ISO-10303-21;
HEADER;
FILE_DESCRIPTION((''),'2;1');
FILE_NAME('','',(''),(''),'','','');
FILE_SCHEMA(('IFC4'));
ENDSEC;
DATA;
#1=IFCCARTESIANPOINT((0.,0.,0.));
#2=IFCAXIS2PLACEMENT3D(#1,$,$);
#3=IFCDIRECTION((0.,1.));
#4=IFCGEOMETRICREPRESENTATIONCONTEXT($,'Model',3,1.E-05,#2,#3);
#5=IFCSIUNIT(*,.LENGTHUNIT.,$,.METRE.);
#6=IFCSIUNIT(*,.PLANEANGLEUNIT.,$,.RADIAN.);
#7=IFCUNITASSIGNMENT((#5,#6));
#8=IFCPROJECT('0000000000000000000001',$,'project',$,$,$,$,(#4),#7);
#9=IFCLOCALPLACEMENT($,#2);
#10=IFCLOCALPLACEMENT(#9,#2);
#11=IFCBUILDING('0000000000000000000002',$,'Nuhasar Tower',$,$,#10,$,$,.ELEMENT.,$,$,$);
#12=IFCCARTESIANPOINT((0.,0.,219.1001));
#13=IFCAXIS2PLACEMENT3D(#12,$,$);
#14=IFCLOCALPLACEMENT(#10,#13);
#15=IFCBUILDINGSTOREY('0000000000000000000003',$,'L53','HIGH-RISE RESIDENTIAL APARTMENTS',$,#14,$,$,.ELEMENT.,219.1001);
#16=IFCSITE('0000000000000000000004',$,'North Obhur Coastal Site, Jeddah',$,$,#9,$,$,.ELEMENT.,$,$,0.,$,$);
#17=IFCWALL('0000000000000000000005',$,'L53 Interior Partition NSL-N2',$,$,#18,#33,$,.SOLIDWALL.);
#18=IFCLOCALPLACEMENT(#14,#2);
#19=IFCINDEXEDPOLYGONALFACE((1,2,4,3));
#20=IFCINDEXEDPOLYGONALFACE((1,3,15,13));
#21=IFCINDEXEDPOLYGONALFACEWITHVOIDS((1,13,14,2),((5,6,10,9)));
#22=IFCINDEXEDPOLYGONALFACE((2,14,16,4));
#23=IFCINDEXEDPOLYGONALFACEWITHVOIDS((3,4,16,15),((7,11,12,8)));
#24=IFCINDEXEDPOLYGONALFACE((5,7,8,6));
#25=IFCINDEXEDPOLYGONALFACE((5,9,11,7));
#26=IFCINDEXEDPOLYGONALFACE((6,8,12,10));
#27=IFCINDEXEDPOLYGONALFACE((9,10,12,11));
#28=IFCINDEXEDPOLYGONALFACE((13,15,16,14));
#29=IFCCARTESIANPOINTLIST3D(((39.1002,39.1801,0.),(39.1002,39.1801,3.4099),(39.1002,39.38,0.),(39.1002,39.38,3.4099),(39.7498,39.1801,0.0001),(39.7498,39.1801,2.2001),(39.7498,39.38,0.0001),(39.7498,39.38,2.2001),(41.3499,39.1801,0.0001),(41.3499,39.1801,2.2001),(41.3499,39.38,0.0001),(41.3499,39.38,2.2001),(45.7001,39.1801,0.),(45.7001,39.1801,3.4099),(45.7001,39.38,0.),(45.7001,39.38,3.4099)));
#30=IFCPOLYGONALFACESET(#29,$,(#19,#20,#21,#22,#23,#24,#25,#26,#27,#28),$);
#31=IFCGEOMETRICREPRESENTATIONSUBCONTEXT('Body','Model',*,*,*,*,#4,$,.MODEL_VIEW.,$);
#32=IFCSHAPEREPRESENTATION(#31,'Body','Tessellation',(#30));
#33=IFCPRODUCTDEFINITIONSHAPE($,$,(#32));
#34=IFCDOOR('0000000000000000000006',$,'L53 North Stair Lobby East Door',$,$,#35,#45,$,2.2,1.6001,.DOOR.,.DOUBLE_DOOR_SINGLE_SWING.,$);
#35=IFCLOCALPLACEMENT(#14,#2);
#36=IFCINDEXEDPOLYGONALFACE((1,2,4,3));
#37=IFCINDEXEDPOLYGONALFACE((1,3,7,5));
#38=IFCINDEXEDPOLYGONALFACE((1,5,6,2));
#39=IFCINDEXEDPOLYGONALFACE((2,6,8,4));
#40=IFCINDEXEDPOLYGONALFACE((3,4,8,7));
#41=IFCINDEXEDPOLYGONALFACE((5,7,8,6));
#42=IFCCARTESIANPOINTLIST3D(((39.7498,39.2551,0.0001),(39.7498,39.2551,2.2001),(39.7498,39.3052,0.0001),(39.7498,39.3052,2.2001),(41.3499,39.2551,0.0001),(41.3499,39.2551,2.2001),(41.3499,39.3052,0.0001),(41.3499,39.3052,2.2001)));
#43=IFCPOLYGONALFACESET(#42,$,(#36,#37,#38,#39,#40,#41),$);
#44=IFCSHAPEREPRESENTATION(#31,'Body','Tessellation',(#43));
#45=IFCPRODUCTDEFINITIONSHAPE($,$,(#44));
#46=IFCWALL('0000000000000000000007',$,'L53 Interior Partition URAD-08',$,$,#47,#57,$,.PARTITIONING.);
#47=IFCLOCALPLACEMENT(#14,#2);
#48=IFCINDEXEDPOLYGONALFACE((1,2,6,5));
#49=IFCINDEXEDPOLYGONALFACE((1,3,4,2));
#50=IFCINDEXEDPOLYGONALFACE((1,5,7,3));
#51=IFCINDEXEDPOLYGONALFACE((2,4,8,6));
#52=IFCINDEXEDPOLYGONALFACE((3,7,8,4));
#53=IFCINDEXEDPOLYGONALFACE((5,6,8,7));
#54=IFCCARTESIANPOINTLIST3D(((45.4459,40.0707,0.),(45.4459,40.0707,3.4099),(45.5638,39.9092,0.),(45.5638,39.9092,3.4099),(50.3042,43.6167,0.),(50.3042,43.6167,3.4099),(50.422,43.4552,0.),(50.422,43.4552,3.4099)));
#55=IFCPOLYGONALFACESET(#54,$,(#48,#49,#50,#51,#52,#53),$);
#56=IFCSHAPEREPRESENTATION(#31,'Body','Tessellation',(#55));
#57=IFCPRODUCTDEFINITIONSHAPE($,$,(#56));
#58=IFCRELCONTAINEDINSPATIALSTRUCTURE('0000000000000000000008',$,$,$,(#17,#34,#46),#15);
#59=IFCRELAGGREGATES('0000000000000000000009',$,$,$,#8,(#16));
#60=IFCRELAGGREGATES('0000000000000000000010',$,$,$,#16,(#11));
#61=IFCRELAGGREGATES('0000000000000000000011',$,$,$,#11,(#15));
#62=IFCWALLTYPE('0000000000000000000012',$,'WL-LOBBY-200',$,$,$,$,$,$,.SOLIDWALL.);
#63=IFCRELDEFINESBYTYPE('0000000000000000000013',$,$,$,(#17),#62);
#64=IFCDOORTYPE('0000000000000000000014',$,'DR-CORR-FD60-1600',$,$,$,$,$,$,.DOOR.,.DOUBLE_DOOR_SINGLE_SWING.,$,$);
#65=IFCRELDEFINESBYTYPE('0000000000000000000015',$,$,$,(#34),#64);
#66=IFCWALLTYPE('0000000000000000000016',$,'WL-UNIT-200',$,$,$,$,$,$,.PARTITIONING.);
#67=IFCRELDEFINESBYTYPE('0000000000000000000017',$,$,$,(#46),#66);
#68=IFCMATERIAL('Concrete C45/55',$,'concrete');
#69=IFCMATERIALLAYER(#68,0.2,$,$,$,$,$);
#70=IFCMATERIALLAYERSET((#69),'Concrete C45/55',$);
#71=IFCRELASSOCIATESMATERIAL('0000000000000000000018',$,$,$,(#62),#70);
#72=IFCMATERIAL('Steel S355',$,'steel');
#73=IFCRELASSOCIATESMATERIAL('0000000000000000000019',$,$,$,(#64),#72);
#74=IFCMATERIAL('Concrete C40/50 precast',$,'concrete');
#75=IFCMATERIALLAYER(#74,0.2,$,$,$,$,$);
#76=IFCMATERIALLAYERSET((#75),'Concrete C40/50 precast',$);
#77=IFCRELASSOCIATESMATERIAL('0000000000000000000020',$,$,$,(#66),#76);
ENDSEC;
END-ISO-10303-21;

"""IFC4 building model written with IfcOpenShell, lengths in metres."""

from ifc_helpers import new_model, si_unit, direction, frame, frame_2d, origin, place, context, subcontext, project, spatial, rectangle, extrude, material, layer, layer_set, type_object, element, fill, save


model = new_model("IFC4")

# Units and contexts
model_context = context("Model", 3, precision=1e-05, world=origin(), true_north=direction((0.0, 1.0)))
body_context = subcontext(model_context, "Body", "Model", "MODEL_VIEW")
ifc_project = project(units=[si_unit("LENGTHUNIT", "METRE"), si_unit("PLANEANGLEUNIT", "RADIAN")], contexts=[model_context])

# Site, building, storey
site_placement = place(None, origin())
site = spatial("IfcSite", under=ifc_project, at=site_placement, Name="North Obhur Coastal Site, Jeddah", CompositionType="ELEMENT", RefElevation=0.0)
building_placement = place(site_placement, origin())
building = spatial("IfcBuilding", under=site, at=building_placement, Name="Nuhasar Tower", CompositionType="ELEMENT")
storey_placement = place(building_placement, frame((0.0, 0.0, 219.1001)))
storey = spatial("IfcBuildingStorey", under=building, at=storey_placement, Name="L53", Description="HIGH-RISE RESIDENTIAL APARTMENTS", CompositionType="ELEMENT", Elevation=219.1001)

# Shared definitions
ifc_material_1 = material(Name="Steel S355", Category="steel")

# Shared definitions
ifc_material_2 = material(Name="Concrete C45/55", Category="concrete")
ifc_layer_1 = layer(ifc_material_2, 0.2)
ifc_layer_set_1 = layer_set([ifc_layer_1], Name="Concrete C45/55")
wall_type_1 = type_object("IfcWallType", Name="WL-LOBBY-200", PredefinedType="SOLIDWALL", material=ifc_layer_set_1)

# Wall, opening, door
wall_1_placement = place(storey_placement, frame((45.7, 39.28, 0.0), z_axis=(0.0, 0.0, 1.0), x_axis=(-1.0, 0.0, 0.0)))
wall_1 = element("IfcWall", 1, at=wall_1_placement, inside=storey, type_object=wall_type_1, Name="L53 Interior Partition NSL-N2", PredefinedType="SOLIDWALL", context=body_context, shape_type="SweptSolid", body=[
    extrude(rectangle(XDim=6.5999, YDim=0.2, at=frame_2d((3.2998, 0.0))), origin(), (0.0, 0.0, 1.0), 3.4099),
])
opening_1_placement = place(wall_1_placement, frame((4.3501, 0.0, 0.0)))
opening_1 = element("IfcOpeningElement", 2, at=opening_1_placement, cuts=wall_1, PredefinedType="OPENING", context=body_context, shape_type="SweptSolid", body=[
    extrude(rectangle(XDim=1.6001, YDim=2.2, at=frame_2d((0.8, 1.1001))), frame((0.0, 0.1099, 0.0), z_axis=(0.0, -1.0, 0.0), x_axis=(1.0, 0.0, 0.0)), (0.0, 0.0, 1.0), 0.22),
])
door_type_1 = type_object("IfcDoorType", Name="DR-CORR-FD60-1600", OperationType="DOUBLE_DOOR_SINGLE_SWING", PredefinedType="DOOR", material=ifc_material_1)
door_1_placement = place(opening_1_placement, origin())
door_1 = element("IfcDoor", 3, at=door_1_placement, inside=storey, type_object=door_type_1, Name="L53 North Stair Lobby East Door", OperationType="DOUBLE_DOOR_SINGLE_SWING", OverallHeight=2.2, OverallWidth=1.6001, PredefinedType="DOOR", context=body_context, shape_type="SweptSolid", body=[
    extrude(rectangle(XDim=1.6001, YDim=2.2, at=frame_2d((0.8, 1.1001))), frame((0.0, 0.0249, 0.0), z_axis=(0.0, -1.0, 0.0), x_axis=(1.0, 0.0, 0.0)), (0.0, 0.0, 1.0), 0.05),
])
fill(opening_1, door_1)

# Wall
ifc_material_3 = material(Name="Concrete C40/50 precast", Category="concrete")
ifc_layer_2 = layer(ifc_material_3, 0.2)
ifc_layer_set_2 = layer_set([ifc_layer_2], Name="Concrete C40/50 precast")
wall_type_2 = type_object("IfcWallType", Name="WL-UNIT-200", PredefinedType="PARTITIONING", material=ifc_layer_set_2)
wall_2_placement = place(storey_placement, frame((45.5049, 39.99, 0.0), z_axis=(0.0, 0.0, 1.0), x_axis=(0.807731, 0.589551, 0.0)))
element("IfcWall", 4, at=wall_2_placement, inside=storey, type_object=wall_type_2, Name="L53 Interior Partition URAD-08", PredefinedType="PARTITIONING", context=body_context, shape_type="SweptSolid", body=[
    extrude(rectangle(XDim=6.0146, YDim=0.2, at=frame_2d((3.0073, 0.0))), origin(), (0.0, 0.0, 1.0), 3.4099),
])

save(model, "model.ifc")
